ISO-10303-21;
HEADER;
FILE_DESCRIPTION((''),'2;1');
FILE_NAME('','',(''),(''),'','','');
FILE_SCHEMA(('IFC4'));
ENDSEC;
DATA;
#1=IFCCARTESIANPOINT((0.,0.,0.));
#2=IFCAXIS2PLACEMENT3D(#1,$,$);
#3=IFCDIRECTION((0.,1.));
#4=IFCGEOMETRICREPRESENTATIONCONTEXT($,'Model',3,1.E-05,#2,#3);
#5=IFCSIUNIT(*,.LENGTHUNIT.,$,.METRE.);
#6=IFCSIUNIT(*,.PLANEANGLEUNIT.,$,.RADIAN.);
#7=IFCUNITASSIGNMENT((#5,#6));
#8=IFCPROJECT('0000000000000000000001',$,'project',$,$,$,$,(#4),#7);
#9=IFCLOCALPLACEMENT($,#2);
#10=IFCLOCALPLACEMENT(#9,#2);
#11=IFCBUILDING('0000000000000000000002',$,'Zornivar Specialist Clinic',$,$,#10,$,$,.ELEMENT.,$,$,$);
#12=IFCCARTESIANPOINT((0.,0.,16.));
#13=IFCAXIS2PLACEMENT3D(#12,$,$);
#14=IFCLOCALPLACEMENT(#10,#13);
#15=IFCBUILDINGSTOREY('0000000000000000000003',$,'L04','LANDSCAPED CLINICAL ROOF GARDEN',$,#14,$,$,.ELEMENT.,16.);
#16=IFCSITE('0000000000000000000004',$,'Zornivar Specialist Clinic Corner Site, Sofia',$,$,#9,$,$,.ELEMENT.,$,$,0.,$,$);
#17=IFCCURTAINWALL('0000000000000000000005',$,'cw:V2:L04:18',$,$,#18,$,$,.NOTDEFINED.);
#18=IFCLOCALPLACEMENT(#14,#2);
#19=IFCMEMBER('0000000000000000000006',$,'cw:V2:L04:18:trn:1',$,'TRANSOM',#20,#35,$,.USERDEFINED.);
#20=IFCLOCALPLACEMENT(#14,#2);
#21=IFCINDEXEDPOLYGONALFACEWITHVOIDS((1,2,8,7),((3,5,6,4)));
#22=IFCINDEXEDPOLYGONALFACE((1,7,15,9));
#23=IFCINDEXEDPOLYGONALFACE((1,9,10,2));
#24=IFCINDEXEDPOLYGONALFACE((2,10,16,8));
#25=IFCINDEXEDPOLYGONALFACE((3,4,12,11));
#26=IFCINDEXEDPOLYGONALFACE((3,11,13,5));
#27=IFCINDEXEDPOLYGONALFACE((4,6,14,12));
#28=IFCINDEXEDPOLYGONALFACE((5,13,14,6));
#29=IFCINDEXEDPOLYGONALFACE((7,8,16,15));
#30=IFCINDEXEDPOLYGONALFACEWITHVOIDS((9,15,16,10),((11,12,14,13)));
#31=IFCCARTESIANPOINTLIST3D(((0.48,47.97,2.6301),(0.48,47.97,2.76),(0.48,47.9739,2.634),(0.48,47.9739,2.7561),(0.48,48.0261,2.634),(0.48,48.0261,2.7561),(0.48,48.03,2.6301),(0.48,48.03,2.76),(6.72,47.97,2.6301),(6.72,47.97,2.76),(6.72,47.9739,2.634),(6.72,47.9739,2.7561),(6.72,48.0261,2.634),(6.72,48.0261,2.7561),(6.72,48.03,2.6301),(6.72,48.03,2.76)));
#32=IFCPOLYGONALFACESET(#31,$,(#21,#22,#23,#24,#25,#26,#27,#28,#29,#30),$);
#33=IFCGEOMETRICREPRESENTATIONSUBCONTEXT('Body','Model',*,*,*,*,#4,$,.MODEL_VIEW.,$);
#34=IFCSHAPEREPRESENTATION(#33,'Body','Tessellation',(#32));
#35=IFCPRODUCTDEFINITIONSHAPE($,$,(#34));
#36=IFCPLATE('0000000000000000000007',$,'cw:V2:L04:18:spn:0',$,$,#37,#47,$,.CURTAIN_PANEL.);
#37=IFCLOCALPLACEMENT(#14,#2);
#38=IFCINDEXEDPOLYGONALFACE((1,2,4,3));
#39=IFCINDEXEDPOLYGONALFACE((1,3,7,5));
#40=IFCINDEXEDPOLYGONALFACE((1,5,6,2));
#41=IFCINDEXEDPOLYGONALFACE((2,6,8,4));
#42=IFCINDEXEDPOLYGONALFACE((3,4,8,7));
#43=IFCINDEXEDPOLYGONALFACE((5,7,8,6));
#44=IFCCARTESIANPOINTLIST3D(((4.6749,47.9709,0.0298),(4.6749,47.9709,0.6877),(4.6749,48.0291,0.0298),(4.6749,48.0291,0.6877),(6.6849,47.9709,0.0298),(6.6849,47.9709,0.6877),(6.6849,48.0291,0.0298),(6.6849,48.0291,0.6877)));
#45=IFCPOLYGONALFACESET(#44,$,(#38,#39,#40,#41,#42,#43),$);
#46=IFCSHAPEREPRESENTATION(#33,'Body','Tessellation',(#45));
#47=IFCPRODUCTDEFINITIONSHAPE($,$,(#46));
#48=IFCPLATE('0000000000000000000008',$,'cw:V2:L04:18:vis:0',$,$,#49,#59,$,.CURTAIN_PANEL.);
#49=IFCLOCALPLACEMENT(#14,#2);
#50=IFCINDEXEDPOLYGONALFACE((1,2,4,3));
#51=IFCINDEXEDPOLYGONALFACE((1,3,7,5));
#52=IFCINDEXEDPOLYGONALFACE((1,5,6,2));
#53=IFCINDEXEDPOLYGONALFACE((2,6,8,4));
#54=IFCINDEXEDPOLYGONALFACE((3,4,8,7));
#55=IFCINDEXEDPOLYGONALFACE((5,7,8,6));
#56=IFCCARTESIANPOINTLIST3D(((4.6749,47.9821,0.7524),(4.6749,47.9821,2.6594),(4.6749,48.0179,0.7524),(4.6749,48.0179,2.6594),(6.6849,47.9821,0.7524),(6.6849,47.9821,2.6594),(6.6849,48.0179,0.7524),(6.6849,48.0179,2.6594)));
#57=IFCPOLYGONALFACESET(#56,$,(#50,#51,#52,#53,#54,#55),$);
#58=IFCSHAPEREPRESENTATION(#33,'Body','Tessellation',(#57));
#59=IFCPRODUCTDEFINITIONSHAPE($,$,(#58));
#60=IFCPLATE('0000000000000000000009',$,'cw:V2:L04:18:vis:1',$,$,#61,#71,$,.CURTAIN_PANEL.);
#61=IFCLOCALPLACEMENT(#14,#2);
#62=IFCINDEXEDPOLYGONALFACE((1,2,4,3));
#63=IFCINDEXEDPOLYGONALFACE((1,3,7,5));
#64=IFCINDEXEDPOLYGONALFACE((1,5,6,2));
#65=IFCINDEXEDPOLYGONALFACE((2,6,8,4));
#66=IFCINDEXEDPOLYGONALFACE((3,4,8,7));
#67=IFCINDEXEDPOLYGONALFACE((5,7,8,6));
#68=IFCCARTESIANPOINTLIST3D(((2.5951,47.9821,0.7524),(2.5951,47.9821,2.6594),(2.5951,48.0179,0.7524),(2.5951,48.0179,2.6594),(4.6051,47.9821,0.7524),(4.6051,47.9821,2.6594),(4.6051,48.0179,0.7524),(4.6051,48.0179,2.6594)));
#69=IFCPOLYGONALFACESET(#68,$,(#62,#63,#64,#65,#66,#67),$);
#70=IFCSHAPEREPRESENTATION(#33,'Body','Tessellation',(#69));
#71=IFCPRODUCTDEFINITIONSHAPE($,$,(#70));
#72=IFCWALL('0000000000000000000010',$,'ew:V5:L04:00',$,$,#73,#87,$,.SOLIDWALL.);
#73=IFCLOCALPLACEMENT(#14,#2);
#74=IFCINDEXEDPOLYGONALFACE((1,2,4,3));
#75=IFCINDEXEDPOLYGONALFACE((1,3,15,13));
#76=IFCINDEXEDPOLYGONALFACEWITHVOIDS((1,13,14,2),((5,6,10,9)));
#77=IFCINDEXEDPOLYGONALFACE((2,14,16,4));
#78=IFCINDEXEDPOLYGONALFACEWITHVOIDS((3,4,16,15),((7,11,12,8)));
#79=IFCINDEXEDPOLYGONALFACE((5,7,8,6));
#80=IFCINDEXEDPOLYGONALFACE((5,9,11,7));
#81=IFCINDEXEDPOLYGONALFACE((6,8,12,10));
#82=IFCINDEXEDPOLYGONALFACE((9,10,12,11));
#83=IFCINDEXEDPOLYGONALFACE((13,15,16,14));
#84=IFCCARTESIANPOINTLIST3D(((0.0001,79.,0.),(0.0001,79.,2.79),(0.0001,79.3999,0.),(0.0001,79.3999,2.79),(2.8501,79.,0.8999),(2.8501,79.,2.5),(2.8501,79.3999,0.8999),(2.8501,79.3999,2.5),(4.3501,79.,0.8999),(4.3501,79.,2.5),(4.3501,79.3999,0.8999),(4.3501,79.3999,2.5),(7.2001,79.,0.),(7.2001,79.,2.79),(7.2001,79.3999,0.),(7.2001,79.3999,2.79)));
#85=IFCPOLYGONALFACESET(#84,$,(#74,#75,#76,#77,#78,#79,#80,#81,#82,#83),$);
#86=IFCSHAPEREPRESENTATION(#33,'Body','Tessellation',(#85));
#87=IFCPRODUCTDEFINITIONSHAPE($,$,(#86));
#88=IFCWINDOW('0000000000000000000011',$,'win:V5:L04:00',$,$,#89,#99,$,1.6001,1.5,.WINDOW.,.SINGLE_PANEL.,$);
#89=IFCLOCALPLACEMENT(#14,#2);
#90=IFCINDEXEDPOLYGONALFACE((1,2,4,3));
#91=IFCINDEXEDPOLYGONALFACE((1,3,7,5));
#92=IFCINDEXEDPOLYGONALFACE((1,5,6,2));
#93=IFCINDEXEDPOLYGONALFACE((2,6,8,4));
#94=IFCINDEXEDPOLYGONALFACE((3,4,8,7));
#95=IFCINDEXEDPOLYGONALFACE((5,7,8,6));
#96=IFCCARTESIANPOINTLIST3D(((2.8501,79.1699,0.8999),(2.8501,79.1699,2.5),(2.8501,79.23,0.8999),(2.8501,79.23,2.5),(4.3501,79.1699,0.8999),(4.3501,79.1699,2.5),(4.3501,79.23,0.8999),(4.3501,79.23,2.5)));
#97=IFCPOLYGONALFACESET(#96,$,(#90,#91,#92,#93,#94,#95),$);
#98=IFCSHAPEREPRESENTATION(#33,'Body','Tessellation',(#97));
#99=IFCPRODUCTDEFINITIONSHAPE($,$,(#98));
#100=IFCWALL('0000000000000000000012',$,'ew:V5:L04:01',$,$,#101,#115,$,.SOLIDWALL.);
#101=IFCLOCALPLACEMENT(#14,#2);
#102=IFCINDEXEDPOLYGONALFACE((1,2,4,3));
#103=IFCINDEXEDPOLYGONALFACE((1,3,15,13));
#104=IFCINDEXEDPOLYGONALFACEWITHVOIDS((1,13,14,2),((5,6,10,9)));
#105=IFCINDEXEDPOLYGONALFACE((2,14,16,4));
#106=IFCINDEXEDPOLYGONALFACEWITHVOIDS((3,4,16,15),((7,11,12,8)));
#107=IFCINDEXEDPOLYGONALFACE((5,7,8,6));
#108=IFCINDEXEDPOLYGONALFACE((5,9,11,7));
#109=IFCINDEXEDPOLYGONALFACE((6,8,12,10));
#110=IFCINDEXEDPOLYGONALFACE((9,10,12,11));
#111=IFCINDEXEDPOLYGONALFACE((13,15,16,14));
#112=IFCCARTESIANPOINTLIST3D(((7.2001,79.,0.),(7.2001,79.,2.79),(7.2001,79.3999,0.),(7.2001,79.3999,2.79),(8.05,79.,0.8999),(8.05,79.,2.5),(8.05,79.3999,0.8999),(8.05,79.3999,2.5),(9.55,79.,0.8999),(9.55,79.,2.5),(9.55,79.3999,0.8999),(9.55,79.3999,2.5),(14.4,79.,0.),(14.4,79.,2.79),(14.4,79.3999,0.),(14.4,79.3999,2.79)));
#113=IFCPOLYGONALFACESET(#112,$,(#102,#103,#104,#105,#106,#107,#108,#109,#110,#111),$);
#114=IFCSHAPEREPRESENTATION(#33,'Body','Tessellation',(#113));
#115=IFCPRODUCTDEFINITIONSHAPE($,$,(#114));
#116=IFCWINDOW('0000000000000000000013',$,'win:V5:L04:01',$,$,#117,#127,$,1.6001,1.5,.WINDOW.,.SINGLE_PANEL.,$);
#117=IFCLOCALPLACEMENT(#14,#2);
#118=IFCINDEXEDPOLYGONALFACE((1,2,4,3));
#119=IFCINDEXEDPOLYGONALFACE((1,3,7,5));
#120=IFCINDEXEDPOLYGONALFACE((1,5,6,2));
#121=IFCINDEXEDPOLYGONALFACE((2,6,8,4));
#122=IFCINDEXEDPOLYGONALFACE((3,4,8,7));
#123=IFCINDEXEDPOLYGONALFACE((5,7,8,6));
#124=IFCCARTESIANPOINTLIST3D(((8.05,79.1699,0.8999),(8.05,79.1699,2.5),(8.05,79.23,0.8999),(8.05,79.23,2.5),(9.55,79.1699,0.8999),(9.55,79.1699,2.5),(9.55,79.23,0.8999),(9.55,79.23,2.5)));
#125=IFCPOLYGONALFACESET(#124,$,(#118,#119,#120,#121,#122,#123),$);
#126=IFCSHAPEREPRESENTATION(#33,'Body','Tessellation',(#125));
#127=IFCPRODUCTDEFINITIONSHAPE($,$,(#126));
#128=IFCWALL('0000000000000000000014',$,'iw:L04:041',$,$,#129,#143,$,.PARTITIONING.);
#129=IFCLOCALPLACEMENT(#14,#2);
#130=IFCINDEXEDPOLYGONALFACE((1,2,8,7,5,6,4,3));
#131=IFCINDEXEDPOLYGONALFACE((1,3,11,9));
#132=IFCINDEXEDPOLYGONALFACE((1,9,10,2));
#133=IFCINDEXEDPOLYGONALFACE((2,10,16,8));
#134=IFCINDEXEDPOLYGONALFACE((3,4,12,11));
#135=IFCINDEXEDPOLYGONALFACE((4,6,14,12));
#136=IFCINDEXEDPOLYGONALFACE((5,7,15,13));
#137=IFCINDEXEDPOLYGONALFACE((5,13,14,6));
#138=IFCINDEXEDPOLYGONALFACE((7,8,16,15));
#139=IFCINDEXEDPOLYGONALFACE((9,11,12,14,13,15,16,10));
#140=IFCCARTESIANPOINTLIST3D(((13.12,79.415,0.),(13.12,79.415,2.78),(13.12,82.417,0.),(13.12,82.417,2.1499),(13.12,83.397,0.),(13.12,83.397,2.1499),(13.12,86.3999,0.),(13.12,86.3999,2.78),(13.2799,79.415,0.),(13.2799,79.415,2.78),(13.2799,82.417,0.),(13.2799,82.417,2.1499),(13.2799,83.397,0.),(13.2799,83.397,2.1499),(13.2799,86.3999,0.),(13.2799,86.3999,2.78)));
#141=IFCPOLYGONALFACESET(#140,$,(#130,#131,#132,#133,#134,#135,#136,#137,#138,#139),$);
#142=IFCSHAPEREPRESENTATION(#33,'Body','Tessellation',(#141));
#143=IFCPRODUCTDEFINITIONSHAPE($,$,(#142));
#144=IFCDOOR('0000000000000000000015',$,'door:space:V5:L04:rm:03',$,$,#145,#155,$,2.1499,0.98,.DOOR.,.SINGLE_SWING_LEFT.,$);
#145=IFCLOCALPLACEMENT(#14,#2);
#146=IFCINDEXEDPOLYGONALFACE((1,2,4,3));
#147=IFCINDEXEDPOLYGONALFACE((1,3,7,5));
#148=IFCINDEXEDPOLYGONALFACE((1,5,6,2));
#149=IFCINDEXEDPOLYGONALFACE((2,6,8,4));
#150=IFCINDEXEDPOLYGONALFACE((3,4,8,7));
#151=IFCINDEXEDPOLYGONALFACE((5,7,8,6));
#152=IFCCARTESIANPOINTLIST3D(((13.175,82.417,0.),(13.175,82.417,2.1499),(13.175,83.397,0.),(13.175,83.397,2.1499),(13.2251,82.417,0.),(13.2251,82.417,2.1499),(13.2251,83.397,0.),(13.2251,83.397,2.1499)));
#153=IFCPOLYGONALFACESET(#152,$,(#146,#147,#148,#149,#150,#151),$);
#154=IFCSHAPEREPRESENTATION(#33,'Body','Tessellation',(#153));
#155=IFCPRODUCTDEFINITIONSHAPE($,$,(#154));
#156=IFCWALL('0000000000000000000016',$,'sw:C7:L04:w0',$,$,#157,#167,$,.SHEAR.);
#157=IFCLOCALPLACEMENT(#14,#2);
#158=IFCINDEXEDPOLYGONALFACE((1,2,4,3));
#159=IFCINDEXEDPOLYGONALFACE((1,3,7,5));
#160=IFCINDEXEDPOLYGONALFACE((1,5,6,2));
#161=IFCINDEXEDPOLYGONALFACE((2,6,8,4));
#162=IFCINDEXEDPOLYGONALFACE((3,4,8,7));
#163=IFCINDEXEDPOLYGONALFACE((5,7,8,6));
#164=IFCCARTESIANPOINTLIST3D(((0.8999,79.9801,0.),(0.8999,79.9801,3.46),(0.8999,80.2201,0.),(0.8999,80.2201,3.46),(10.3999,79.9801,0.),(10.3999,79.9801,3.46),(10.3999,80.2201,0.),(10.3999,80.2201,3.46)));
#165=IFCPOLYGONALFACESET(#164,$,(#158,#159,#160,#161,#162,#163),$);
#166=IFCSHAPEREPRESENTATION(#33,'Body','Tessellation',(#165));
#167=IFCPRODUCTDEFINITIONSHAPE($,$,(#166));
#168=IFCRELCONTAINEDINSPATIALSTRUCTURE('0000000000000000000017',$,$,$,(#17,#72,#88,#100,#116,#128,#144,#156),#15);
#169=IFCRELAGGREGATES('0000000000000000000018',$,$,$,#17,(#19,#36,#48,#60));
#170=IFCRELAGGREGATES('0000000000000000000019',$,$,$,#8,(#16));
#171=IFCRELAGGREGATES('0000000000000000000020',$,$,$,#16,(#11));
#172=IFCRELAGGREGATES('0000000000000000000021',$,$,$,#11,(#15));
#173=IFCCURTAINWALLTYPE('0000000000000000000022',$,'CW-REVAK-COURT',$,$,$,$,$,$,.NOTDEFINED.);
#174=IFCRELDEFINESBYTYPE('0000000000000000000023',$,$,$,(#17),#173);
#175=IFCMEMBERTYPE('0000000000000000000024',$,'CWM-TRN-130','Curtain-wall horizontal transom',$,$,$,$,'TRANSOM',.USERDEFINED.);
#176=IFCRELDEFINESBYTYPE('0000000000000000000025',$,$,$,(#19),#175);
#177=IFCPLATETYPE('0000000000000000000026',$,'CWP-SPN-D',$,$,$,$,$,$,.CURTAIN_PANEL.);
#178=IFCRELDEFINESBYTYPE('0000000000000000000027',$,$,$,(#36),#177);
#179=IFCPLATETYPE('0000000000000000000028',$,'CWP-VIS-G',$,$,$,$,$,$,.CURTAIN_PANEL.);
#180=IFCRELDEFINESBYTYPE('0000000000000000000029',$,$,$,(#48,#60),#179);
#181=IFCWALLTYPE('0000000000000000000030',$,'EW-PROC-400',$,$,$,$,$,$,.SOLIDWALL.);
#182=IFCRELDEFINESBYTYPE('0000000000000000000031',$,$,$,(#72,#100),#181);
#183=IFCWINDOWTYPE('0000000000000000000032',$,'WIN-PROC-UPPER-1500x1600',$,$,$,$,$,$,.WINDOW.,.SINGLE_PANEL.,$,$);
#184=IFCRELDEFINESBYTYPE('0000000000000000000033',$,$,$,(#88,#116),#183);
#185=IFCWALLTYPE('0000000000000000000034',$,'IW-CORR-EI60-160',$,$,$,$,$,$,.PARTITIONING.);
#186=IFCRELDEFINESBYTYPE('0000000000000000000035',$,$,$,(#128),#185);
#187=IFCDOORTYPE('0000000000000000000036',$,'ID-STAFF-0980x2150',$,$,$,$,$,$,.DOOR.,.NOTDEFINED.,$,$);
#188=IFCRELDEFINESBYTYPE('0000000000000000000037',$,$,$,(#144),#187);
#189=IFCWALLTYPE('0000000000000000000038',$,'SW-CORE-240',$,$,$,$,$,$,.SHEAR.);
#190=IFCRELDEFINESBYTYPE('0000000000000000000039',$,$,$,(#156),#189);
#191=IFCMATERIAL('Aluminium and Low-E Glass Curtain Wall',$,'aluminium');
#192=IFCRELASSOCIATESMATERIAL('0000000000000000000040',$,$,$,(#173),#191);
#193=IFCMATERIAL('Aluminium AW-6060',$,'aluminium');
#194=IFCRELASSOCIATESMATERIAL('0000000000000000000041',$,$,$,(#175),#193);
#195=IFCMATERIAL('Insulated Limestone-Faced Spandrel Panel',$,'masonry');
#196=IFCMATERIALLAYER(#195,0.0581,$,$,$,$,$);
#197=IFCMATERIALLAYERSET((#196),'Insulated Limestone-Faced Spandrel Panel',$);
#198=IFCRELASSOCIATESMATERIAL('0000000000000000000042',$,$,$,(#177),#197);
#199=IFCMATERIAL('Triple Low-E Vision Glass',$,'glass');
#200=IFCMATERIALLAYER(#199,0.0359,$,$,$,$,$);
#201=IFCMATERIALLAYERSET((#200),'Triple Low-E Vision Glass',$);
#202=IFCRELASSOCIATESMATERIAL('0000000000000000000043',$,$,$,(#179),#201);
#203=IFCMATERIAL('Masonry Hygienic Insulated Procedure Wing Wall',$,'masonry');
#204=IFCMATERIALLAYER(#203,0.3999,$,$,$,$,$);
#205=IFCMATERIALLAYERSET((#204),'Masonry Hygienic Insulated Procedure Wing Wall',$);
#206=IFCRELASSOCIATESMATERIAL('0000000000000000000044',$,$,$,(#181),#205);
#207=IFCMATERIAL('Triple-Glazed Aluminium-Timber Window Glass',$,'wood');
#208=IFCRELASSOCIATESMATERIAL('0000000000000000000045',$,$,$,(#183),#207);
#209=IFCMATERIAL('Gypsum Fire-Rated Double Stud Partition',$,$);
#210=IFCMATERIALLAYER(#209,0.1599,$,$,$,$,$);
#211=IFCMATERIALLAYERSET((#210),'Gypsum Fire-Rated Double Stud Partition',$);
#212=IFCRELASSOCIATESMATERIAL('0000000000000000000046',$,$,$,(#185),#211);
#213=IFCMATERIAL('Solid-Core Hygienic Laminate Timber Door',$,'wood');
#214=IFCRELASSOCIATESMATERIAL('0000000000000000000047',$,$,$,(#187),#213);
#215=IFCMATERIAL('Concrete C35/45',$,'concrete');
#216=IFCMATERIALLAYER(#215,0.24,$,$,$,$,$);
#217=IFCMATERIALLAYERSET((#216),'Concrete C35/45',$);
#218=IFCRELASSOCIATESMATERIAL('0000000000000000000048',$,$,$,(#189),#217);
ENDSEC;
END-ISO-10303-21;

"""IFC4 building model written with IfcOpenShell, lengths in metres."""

from ifc_helpers import new_model, si_unit, direction, frame, frame_2d, origin, origin_2d, place, context, subcontext, project, spatial, rectangle, hollow_rectangle, extrude, material, layer, layer_set, material_profile, profile_set, type_object, element, fill, aggregate, save


model = new_model("IFC4")

# Units and contexts
model_context = context("Model", 3, precision=1e-05, world=origin(), true_north=direction((0.0, 1.0)))
body_context = subcontext(model_context, "Body", "Model", "MODEL_VIEW")
ifc_project = project(units=[si_unit("LENGTHUNIT", "METRE"), si_unit("PLANEANGLEUNIT", "RADIAN")], contexts=[model_context])

# Site, building, storey
site_placement = place(None, origin())
site = spatial("IfcSite", under=ifc_project, at=site_placement, Name="Zornivar Specialist Clinic Corner Site, Sofia", CompositionType="ELEMENT", RefElevation=0.0)
building_placement = place(site_placement, origin())
building = spatial("IfcBuilding", under=site, at=building_placement, Name="Zornivar Specialist Clinic", CompositionType="ELEMENT")
storey_placement = place(building_placement, frame((0.0, 0.0, 16.0)))
storey = spatial("IfcBuildingStorey", under=building, at=storey_placement, Name="L04", Description="LANDSCAPED CLINICAL ROOF GARDEN", CompositionType="ELEMENT", Elevation=16.0)

# Curtain wall, member, plates
ifc_material_1 = material(Name="Aluminium and Low-E Glass Curtain Wall", Category="aluminium")
curtain_wall_type = type_object("IfcCurtainWallType", Name="CW-REVAK-COURT", PredefinedType="NOTDEFINED", material=ifc_material_1)
curtain_wall_placement = place(storey_placement, origin())
curtain_wall = element("IfcCurtainWall", 1, at=curtain_wall_placement, inside=storey, type_object=curtain_wall_type, Name="cw:V2:L04:18", PredefinedType="NOTDEFINED")
ifc_material_2 = material(Name="Aluminium AW-6060", Category="aluminium")
ifc_material_profile_1 = material_profile(ifc_material_2, hollow_rectangle(XDim=0.0601, YDim=0.1299, WallThickness=0.0039, at=origin_2d()), Name="ALU 60x130x4")
ifc_profile_set_1 = profile_set([ifc_material_profile_1], Name="Aluminium AW-6060")
member_type_1 = type_object("IfcMemberType", Name="CWM-TRN-130", Description="Curtain-wall horizontal transom", ElementType="TRANSOM", PredefinedType="USERDEFINED", material=ifc_profile_set_1)
member_1_placement = place(storey_placement, frame((6.72, 48.0, 2.6951), z_axis=(-1.0, 0.0, 0.0), x_axis=(0.0, -1.0, 0.0)))
member_1 = element("IfcMember", 2, at=member_1_placement, type_object=member_type_1, Name="cw:V2:L04:18:trn:1", ObjectType="TRANSOM", PredefinedType="USERDEFINED", context=body_context, shape_type="SweptSolid", body=[
    extrude(hollow_rectangle(XDim=0.0601, YDim=0.1299, WallThickness=0.0039, at=origin_2d()), origin(), (0.0, 0.0, 1.0), 6.24),
])
ifc_material_3 = material(Name="Insulated Limestone-Faced Spandrel Panel", Category="masonry")
ifc_layer_1 = layer(ifc_material_3, 0.0581)
ifc_layer_set_1 = layer_set([ifc_layer_1], Name="Insulated Limestone-Faced Spandrel Panel")
plate_type_1 = type_object("IfcPlateType", Name="CWP-SPN-D", PredefinedType="CURTAIN_PANEL", material=ifc_layer_set_1)
plate_1_placement = place(storey_placement, frame((5.6799, 48.0, 0.0298), z_axis=(0.0, 0.0, 1.0), x_axis=(-1.0, 0.0, 0.0)))
plate_1 = element("IfcPlate", 3, at=plate_1_placement, type_object=plate_type_1, Name="cw:V2:L04:18:spn:0", PredefinedType="CURTAIN_PANEL", context=body_context, shape_type="SweptSolid", body=[
    extrude(rectangle(XDim=2.01, YDim=0.0581, at=origin_2d()), origin(), (0.0, 0.0, 1.0), 0.658),
])
ifc_material_4 = material(Name="Triple Low-E Vision Glass", Category="glass")
ifc_layer_2 = layer(ifc_material_4, 0.0359)
ifc_layer_set_2 = layer_set([ifc_layer_2], Name="Triple Low-E Vision Glass")
plate_type_2 = type_object("IfcPlateType", Name="CWP-VIS-G", PredefinedType="CURTAIN_PANEL", material=ifc_layer_set_2)
plate_2_placement = place(storey_placement, frame((5.6799, 48.0, 0.7524), z_axis=(0.0, 0.0, 1.0), x_axis=(-1.0, 0.0, 0.0)))
plate_2 = element("IfcPlate", 4, at=plate_2_placement, type_object=plate_type_2, Name="cw:V2:L04:18:vis:0", PredefinedType="CURTAIN_PANEL", context=body_context, shape_type="SweptSolid", body=[
    extrude(rectangle(XDim=2.01, YDim=0.0359, at=origin_2d()), origin(), (0.0, 0.0, 1.0), 1.907),
])
plate_3_placement = place(storey_placement, frame((3.6001, 48.0, 0.7524), z_axis=(0.0, 0.0, 1.0), x_axis=(-1.0, 0.0, 0.0)))
plate_3 = element("IfcPlate", 5, at=plate_3_placement, type_object=plate_type_2, Name="cw:V2:L04:18:vis:1", PredefinedType="CURTAIN_PANEL", context=body_context, shape_type="SweptSolid", body=[
    extrude(rectangle(XDim=2.01, YDim=0.0359, at=origin_2d()), origin(), (0.0, 0.0, 1.0), 1.907),
])
aggregate(curtain_wall, [member_1, plate_1, plate_2, plate_3])

# Walls, openings, windows
ifc_material_5 = material(Name="Masonry Hygienic Insulated Procedure Wing Wall", Category="masonry")
ifc_layer_3 = layer(ifc_material_5, 0.3999)
ifc_layer_set_3 = layer_set([ifc_layer_3], Name="Masonry Hygienic Insulated Procedure Wing Wall")
wall_type_1 = type_object("IfcWallType", Name="EW-PROC-400", PredefinedType="SOLIDWALL", material=ifc_layer_set_3)
wall_1_placement = place(storey_placement, frame((0.0, 79.2, 0.0), z_axis=(0.0, 0.0, 1.0), x_axis=(1.0, 0.0, 0.0)))
wall_1 = element("IfcWall", 6, at=wall_1_placement, inside=storey, type_object=wall_type_1, Name="ew:V5:L04:00", PredefinedType="SOLIDWALL", context=body_context, shape_type="SweptSolid", body=[
    extrude(rectangle(XDim=7.2, YDim=0.3999, at=frame_2d((3.6001, 0.0))), origin(), (0.0, 0.0, 1.0), 2.79),
])
opening_1_placement = place(wall_1_placement, frame((2.8501, 0.0, 0.8999)))
opening_1 = element("IfcOpeningElement", 7, at=opening_1_placement, cuts=wall_1, PredefinedType="OPENING", context=body_context, shape_type="SweptSolid", body=[
    extrude(rectangle(XDim=1.5, YDim=1.6001, at=frame_2d((0.75, 0.8))), frame((0.0, 0.21, 0.0), z_axis=(0.0, -1.0, 0.0), x_axis=(1.0, 0.0, 0.0)), (0.0, 0.0, 1.0), 0.4199),
])
ifc_material_6 = material(Name="Triple-Glazed Aluminium-Timber Window Glass", Category="wood")
window_type = type_object("IfcWindowType", Name="WIN-PROC-UPPER-1500x1600", PartitioningType="SINGLE_PANEL", PredefinedType="WINDOW", material=ifc_material_6)
window_1_placement = place(opening_1_placement, origin())
window_1 = element("IfcWindow", 8, at=window_1_placement, inside=storey, type_object=window_type, Name="win:V5:L04:00", OverallHeight=1.6001, OverallWidth=1.5, PartitioningType="SINGLE_PANEL", PredefinedType="WINDOW", context=body_context, shape_type="SweptSolid", body=[
    extrude(rectangle(XDim=1.5, YDim=1.6001, at=frame_2d((0.75, 0.8))), frame((0.0, 0.03, 0.0), z_axis=(0.0, -1.0, 0.0), x_axis=(1.0, 0.0, 0.0)), (0.0, 0.0, 1.0), 0.0601),
])
fill(opening_1, window_1)
wall_2_placement = place(storey_placement, frame((7.2, 79.2, 0.0), z_axis=(0.0, 0.0, 1.0), x_axis=(1.0, 0.0, 0.0)))
wall_2 = element("IfcWall", 9, at=wall_2_placement, inside=storey, type_object=wall_type_1, Name="ew:V5:L04:01", PredefinedType="SOLIDWALL", context=body_context, shape_type="SweptSolid", body=[
    extrude(rectangle(XDim=7.2, YDim=0.3999, at=frame_2d((3.6001, 0.0))), origin(), (0.0, 0.0, 1.0), 2.79),
])
opening_2_placement = place(wall_2_placement, frame((0.8501, 0.0, 0.8999)))
opening_2 = element("IfcOpeningElement", 10, at=opening_2_placement, cuts=wall_2, PredefinedType="OPENING", context=body_context, shape_type="SweptSolid", body=[
    extrude(rectangle(XDim=1.5, YDim=1.6001, at=frame_2d((0.75, 0.8))), frame((0.0, 0.21, 0.0), z_axis=(0.0, -1.0, 0.0), x_axis=(1.0, 0.0, 0.0)), (0.0, 0.0, 1.0), 0.4199),
])
window_2_placement = place(opening_2_placement, origin())
window_2 = element("IfcWindow", 11, at=window_2_placement, inside=storey, type_object=window_type, Name="win:V5:L04:01", OverallHeight=1.6001, OverallWidth=1.5, PartitioningType="SINGLE_PANEL", PredefinedType="WINDOW", context=body_context, shape_type="SweptSolid", body=[
    extrude(rectangle(XDim=1.5, YDim=1.6001, at=frame_2d((0.75, 0.8))), frame((0.0, 0.03, 0.0), z_axis=(0.0, -1.0, 0.0), x_axis=(1.0, 0.0, 0.0)), (0.0, 0.0, 1.0), 0.0601),
])
fill(opening_2, window_2)

# Wall, opening, door
ifc_material_7 = material(Name="Gypsum Fire-Rated Double Stud Partition")
ifc_layer_4 = layer(ifc_material_7, 0.1599)
ifc_layer_set_4 = layer_set([ifc_layer_4], Name="Gypsum Fire-Rated Double Stud Partition")
wall_type_2 = type_object("IfcWallType", Name="IW-CORR-EI60-160", PredefinedType="PARTITIONING", material=ifc_layer_set_4)
wall_3_placement = place(storey_placement, frame((13.2, 79.415, 0.0), z_axis=(0.0, 0.0, 1.0), x_axis=(0.0, 1.0, 0.0)))
wall_3 = element("IfcWall", 12, at=wall_3_placement, inside=storey, type_object=wall_type_2, Name="iw:L04:041", PredefinedType="PARTITIONING", context=body_context, shape_type="SweptSolid", body=[
    extrude(rectangle(XDim=6.9849, YDim=0.1599, at=frame_2d((3.4924, 0.0))), origin(), (0.0, 0.0, 1.0), 2.78),
])
opening_3_placement = place(wall_3_placement, frame((3.002, 0.0, 0.0)))
opening_3 = element("IfcOpeningElement", 13, at=opening_3_placement, cuts=wall_3, PredefinedType="OPENING", context=body_context, shape_type="SweptSolid", body=[
    extrude(rectangle(XDim=0.98, YDim=2.1499, at=frame_2d((0.49, 1.075))), frame((0.0, 0.0898, 0.0), z_axis=(0.0, -1.0, 0.0), x_axis=(1.0, 0.0, 0.0)), (0.0, 0.0, 1.0), 0.1799),
])
ifc_material_8 = material(Name="Solid-Core Hygienic Laminate Timber Door", Category="wood")
door_type_1 = type_object("IfcDoorType", Name="ID-STAFF-0980x2150", OperationType="NOTDEFINED", PredefinedType="DOOR", material=ifc_material_8)
door_1_placement = place(opening_3_placement, origin())
door_1 = element("IfcDoor", 14, at=door_1_placement, inside=storey, type_object=door_type_1, Name="door:space:V5:L04:rm:03", OperationType="SINGLE_SWING_LEFT", OverallHeight=2.1499, OverallWidth=0.98, PredefinedType="DOOR", context=body_context, shape_type="SweptSolid", body=[
    extrude(rectangle(XDim=0.98, YDim=2.1499, at=frame_2d((0.49, 1.075))), frame((0.0, 0.0249, 0.0), z_axis=(0.0, -1.0, 0.0), x_axis=(1.0, 0.0, 0.0)), (0.0, 0.0, 1.0), 0.05),
])
fill(opening_3, door_1)

# Wall
ifc_material_9 = material(Name="Concrete C35/45", Category="concrete")
ifc_layer_5 = layer(ifc_material_9, 0.24)
ifc_layer_set_5 = layer_set([ifc_layer_5], Name="Concrete C35/45")
wall_type_3 = type_object("IfcWallType", Name="SW-CORE-240", PredefinedType="SHEAR", material=ifc_layer_set_5)
wall_4_placement = place(storey_placement, frame((0.8999, 80.1001, 0.0), z_axis=(0.0, 0.0, 1.0), x_axis=(1.0, 0.0, 0.0)))
element("IfcWall", 15, at=wall_4_placement, inside=storey, type_object=wall_type_3, Name="sw:C7:L04:w0", PredefinedType="SHEAR", context=body_context, shape_type="SweptSolid", body=[
    extrude(rectangle(XDim=9.5, YDim=0.24, at=frame_2d((4.75, 0.0))), origin(), (0.0, 0.0, 1.0), 3.46),
])

save(model, "model.ifc")
